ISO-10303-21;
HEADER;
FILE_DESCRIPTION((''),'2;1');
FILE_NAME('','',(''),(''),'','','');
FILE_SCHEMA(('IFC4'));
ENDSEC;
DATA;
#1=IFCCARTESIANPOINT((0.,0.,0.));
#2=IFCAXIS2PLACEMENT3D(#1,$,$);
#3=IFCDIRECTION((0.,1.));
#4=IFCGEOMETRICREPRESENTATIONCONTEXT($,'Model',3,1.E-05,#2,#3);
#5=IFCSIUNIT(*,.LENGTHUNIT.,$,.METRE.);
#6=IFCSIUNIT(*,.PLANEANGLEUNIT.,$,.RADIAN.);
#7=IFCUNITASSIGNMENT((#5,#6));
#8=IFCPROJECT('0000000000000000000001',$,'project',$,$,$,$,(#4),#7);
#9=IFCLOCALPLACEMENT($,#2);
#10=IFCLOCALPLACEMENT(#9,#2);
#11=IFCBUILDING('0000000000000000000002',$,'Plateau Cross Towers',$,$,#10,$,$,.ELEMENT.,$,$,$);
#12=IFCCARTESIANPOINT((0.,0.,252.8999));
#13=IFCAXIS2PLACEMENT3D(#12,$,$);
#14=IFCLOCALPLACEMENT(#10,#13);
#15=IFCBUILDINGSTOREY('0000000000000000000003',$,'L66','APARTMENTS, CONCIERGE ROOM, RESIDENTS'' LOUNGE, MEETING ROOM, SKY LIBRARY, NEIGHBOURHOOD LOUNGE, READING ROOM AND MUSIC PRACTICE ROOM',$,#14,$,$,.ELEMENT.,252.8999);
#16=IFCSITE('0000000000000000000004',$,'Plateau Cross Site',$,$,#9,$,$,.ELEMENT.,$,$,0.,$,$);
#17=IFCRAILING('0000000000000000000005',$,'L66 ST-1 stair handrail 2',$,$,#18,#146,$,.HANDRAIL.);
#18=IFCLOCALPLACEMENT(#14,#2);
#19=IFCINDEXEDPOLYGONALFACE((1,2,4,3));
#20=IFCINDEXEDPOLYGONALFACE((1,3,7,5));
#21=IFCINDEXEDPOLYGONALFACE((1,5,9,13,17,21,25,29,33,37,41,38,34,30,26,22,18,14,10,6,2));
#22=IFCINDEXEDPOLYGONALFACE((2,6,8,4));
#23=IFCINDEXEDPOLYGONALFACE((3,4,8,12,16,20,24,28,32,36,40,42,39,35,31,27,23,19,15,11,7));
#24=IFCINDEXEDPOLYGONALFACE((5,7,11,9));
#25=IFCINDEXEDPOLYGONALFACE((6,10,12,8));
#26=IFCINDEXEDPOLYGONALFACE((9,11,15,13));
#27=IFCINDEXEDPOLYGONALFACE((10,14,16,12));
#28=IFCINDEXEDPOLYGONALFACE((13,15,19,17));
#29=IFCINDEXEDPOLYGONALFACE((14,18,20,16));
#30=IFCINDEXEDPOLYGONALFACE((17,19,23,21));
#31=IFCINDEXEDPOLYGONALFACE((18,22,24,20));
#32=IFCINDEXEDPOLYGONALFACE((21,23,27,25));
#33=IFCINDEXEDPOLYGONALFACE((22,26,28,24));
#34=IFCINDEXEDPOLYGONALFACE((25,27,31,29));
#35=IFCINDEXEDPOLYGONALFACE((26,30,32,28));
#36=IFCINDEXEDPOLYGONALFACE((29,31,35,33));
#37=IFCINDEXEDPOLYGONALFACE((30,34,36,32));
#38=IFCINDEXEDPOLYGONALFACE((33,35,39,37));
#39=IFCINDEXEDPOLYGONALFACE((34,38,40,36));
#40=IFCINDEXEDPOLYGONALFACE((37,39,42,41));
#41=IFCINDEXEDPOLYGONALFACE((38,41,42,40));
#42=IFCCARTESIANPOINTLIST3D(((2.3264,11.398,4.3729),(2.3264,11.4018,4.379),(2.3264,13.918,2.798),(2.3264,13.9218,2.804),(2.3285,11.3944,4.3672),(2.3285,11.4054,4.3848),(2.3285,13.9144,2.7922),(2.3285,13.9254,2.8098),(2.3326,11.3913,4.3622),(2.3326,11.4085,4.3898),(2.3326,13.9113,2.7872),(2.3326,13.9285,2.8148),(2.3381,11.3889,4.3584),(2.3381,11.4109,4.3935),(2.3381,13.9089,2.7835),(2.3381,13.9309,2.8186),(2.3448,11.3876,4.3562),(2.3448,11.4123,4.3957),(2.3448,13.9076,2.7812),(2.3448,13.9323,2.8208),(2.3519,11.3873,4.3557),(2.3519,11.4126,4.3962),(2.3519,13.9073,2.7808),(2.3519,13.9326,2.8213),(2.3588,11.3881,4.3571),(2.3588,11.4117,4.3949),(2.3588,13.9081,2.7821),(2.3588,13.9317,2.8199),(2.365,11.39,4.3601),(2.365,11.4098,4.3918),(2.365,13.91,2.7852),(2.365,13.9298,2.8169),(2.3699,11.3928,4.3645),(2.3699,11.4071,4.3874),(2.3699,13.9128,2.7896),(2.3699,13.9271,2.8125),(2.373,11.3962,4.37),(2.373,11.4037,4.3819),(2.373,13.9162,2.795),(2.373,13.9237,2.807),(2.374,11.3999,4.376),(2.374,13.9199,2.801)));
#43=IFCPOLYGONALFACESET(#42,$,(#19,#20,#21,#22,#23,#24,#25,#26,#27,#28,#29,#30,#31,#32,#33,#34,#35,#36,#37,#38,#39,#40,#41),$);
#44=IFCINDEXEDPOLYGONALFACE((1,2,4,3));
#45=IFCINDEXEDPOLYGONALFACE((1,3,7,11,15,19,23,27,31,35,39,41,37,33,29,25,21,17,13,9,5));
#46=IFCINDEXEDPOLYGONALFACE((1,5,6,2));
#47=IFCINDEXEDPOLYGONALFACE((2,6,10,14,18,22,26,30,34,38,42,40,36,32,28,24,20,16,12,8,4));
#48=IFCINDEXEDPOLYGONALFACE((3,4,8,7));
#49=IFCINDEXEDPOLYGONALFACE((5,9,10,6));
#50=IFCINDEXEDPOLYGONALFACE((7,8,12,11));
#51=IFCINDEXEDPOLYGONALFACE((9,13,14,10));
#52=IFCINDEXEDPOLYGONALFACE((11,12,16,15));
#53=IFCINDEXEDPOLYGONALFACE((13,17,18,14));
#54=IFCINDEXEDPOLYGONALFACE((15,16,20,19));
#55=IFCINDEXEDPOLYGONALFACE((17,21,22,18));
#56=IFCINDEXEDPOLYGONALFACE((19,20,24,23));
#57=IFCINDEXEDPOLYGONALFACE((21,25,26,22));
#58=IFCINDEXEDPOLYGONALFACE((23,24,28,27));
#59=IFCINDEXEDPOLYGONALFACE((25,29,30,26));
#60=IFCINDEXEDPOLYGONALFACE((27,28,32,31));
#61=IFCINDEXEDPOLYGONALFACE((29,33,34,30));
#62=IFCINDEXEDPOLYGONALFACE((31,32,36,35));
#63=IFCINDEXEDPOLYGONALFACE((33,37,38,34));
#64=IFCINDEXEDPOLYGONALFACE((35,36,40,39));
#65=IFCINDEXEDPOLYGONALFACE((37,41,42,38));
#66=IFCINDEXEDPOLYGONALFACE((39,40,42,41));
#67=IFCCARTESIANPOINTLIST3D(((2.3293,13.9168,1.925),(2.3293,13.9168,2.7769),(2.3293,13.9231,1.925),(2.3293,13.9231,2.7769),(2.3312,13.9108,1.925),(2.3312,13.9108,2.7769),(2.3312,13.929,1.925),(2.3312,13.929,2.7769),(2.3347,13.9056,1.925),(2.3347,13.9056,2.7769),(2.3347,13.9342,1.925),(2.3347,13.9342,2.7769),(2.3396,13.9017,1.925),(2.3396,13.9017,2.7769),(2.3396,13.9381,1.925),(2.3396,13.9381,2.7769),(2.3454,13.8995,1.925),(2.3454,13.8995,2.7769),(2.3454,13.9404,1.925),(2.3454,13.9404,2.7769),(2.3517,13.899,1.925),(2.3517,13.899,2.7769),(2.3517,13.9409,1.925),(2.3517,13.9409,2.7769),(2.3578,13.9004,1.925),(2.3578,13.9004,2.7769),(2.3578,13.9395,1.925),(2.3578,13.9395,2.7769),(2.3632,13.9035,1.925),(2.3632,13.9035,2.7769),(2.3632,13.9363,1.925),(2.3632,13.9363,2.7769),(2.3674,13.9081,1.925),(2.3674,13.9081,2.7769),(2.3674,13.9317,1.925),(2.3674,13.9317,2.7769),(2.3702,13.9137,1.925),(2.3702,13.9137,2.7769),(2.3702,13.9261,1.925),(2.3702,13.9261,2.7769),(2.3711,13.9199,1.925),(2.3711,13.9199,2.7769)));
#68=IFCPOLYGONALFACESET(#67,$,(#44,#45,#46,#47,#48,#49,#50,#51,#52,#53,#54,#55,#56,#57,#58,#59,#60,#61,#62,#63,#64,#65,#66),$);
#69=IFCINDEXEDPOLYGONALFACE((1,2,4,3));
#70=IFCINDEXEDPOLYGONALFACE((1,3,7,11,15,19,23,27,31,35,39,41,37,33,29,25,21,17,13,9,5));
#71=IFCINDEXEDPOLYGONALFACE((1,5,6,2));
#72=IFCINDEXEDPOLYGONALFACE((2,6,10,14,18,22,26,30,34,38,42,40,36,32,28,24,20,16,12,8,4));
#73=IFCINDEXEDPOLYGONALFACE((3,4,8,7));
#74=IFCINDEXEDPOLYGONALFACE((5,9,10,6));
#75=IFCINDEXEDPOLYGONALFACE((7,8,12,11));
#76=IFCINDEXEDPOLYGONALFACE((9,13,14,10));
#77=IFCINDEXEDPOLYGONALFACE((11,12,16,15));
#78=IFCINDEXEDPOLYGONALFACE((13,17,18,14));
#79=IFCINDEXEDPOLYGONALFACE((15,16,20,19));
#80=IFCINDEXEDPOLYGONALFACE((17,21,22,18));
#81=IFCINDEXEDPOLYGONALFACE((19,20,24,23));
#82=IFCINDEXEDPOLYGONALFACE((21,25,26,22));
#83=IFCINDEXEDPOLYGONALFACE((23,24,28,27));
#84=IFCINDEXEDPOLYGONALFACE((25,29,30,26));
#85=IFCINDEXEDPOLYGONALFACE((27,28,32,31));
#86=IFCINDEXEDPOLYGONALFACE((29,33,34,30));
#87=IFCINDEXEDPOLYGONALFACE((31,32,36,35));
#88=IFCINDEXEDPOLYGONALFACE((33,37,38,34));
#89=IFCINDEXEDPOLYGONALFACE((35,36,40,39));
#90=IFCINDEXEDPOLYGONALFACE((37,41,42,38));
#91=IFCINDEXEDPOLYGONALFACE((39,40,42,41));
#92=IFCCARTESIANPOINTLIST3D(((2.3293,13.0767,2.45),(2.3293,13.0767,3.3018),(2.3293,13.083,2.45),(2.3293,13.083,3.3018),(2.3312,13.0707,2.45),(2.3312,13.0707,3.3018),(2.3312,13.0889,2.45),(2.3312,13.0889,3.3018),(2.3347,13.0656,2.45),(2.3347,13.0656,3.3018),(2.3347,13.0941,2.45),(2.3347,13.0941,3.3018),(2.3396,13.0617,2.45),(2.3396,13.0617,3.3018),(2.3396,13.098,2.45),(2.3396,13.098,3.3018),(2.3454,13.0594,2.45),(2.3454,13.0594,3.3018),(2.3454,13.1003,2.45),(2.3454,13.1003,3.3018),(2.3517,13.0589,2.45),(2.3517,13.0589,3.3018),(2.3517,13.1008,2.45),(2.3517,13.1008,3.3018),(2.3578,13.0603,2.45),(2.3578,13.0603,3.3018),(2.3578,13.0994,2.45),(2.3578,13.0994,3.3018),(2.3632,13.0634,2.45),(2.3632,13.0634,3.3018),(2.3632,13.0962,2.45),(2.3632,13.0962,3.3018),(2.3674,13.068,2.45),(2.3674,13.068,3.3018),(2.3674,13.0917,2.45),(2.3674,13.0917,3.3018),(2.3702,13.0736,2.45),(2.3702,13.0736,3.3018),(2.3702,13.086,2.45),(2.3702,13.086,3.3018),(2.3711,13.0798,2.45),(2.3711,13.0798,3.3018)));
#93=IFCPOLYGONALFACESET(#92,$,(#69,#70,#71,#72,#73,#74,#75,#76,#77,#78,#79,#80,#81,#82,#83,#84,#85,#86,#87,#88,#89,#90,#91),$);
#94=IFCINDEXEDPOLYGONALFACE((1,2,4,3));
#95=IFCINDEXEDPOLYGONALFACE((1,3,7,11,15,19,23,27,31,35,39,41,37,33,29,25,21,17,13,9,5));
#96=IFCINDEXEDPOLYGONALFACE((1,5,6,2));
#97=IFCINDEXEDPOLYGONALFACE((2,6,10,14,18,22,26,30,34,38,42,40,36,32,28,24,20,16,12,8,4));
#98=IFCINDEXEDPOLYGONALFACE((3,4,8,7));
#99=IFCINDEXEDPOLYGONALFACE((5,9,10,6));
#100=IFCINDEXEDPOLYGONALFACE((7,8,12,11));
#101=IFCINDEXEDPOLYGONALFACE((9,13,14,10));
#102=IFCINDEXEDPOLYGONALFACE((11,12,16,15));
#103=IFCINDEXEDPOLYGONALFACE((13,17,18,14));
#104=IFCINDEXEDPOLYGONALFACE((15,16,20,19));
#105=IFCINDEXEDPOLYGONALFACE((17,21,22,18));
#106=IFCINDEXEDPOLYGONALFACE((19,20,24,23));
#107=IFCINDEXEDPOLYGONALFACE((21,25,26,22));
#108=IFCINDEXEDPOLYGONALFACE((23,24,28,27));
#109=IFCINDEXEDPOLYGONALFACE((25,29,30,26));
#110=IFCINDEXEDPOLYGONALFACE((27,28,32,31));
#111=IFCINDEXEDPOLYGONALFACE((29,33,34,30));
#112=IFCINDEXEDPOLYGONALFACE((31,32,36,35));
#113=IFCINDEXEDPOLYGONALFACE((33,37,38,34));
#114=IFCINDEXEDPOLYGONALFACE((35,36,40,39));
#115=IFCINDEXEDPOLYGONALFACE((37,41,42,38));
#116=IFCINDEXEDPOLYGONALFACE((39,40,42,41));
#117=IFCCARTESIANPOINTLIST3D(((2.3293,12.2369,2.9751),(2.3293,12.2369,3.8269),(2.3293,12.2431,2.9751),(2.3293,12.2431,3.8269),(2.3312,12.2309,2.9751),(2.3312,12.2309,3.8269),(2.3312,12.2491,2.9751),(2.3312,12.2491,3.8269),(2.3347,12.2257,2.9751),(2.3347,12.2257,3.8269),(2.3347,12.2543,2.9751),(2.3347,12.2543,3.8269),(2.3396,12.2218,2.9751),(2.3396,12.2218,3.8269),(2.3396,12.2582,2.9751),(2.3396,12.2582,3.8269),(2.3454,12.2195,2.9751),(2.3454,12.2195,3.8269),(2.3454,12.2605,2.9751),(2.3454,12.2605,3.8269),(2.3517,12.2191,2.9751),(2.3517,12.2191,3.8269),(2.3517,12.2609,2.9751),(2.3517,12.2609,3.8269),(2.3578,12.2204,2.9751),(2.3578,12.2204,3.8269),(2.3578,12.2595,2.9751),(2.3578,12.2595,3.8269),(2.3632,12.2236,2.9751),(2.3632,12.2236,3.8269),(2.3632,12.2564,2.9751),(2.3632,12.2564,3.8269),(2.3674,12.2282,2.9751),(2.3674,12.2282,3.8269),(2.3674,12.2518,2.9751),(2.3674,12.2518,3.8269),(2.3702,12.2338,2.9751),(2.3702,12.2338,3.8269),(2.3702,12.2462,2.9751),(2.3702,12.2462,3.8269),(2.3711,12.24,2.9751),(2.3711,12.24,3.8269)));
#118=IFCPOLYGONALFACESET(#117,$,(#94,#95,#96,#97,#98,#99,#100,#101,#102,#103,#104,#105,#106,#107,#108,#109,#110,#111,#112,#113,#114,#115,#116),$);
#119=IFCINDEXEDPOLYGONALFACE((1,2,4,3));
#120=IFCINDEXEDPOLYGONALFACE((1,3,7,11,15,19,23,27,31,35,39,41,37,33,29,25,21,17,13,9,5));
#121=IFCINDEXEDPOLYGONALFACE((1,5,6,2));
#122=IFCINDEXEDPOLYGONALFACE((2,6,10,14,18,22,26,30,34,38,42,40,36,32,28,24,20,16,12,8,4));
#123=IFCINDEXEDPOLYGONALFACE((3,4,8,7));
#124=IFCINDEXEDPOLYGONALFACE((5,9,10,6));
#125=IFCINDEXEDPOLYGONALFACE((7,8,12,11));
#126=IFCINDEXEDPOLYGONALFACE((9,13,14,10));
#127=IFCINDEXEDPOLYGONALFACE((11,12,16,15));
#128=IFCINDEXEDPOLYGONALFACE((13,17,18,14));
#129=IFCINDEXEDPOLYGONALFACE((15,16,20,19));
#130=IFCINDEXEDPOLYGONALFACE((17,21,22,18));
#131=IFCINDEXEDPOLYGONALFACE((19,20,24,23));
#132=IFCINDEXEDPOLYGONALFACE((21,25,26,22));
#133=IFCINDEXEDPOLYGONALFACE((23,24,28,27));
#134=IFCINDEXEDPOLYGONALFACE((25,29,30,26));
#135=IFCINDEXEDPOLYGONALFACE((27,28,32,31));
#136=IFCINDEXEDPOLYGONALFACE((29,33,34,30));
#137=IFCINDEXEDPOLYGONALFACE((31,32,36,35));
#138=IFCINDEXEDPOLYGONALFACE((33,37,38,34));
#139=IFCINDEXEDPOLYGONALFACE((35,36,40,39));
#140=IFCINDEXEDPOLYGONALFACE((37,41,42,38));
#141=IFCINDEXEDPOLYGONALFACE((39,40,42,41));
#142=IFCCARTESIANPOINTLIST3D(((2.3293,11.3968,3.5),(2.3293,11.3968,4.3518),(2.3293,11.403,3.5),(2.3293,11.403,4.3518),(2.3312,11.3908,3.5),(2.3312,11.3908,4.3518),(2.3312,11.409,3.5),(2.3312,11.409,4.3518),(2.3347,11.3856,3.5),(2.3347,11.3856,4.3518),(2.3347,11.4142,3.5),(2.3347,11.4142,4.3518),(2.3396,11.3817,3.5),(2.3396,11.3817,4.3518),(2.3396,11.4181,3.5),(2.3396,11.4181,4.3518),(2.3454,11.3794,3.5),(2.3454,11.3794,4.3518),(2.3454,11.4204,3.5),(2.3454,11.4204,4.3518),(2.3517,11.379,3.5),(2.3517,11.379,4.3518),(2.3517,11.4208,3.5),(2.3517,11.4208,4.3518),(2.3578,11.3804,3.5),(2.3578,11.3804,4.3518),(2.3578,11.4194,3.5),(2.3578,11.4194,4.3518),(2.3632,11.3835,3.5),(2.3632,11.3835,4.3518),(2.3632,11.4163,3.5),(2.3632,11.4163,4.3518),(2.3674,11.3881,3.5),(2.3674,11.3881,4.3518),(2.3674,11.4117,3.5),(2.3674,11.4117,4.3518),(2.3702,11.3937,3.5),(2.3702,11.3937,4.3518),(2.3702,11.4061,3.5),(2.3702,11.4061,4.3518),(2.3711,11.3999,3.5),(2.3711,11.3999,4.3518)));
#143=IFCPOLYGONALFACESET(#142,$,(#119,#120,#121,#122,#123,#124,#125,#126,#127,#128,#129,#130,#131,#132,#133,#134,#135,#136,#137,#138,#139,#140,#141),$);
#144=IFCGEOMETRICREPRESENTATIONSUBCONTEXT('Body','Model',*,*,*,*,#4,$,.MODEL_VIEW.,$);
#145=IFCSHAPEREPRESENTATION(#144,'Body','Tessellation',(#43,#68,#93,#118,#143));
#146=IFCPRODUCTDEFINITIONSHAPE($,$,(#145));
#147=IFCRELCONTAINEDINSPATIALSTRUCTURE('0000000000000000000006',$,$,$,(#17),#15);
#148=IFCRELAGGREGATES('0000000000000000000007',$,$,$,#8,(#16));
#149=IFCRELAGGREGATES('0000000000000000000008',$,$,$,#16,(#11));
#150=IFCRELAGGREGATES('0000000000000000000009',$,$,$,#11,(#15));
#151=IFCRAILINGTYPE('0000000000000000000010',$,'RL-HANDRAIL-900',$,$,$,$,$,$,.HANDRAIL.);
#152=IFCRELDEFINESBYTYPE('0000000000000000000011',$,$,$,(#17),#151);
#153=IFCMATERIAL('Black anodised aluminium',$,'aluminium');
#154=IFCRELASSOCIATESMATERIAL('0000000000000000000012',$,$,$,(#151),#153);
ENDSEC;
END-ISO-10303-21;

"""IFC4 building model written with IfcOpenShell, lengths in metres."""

from ifc_helpers import new_model, si_unit, direction, frame, origin, origin_2d, place, context, subcontext, project, spatial, circle, extrude, material, type_object, element, save


model = new_model("IFC4")

# Units and contexts
model_context = context("Model", 3, precision=1e-05, world=origin(), true_north=direction((0.0, 1.0)))
body_context = subcontext(model_context, "Body", "Model", "MODEL_VIEW")
ifc_project = project(units=[si_unit("LENGTHUNIT", "METRE"), si_unit("PLANEANGLEUNIT", "RADIAN")], contexts=[model_context])

# Site, building, storey
site_placement = place(None, origin())
site = spatial("IfcSite", under=ifc_project, at=site_placement, Name="Plateau Cross Site", CompositionType="ELEMENT", RefElevation=0.0)
building_placement = place(site_placement, origin())
building = spatial("IfcBuilding", under=site, at=building_placement, Name="Plateau Cross Towers", CompositionType="ELEMENT")
storey_placement = place(building_placement, frame((0.0, 0.0, 252.8999)))
storey = spatial("IfcBuildingStorey", under=building, at=storey_placement, Name="L66", Description="APARTMENTS, CONCIERGE ROOM, RESIDENTS' LOUNGE, MEETING ROOM, SKY LIBRARY, NEIGHBOURHOOD LOUNGE, READING ROOM AND MUSIC PRACTICE ROOM", CompositionType="ELEMENT", Elevation=252.8999)

# Shared definitions
ifc_material_1 = material(Name="Black anodised aluminium", Category="aluminium")

# Railing
railing_type_1 = type_object("IfcRailingType", Name="RL-HANDRAIL-900", PredefinedType="HANDRAIL", material=ifc_material_1)
railing_1_placement = place(storey_placement, frame((2.3501, 13.9199, 1.925)))
element("IfcRailing", 1, at=railing_1_placement, inside=storey, type_object=railing_type_1, Name="L66 ST-1 stair handrail 2", PredefinedType="HANDRAIL", context=body_context, shape_type="SweptSolid", body=[
    extrude(circle(Radius=0.0239, at=origin_2d()), frame((0.0, 0.0, 0.876), z_axis=(0.0, -0.848008, 0.529984), x_axis=(1.0, 0.0, 0.0)), (0.0, 0.0, 1.0), 2.9717),
    extrude(circle(Radius=0.021, at=origin_2d()), origin(), (0.0, 0.0, 1.0), 0.8518),
    extrude(circle(Radius=0.021, at=origin_2d()), frame((0.0, -0.8401, 0.5249)), (0.0, 0.0, 1.0), 0.8518),
    extrude(circle(Radius=0.021, at=origin_2d()), frame((0.0, -1.6799, 1.05)), (0.0, 0.0, 1.0), 0.8518),
    extrude(circle(Radius=0.021, at=origin_2d()), frame((0.0, -2.52, 1.575)), (0.0, 0.0, 1.0), 0.8518),
])

save(model, "model.ifc")
